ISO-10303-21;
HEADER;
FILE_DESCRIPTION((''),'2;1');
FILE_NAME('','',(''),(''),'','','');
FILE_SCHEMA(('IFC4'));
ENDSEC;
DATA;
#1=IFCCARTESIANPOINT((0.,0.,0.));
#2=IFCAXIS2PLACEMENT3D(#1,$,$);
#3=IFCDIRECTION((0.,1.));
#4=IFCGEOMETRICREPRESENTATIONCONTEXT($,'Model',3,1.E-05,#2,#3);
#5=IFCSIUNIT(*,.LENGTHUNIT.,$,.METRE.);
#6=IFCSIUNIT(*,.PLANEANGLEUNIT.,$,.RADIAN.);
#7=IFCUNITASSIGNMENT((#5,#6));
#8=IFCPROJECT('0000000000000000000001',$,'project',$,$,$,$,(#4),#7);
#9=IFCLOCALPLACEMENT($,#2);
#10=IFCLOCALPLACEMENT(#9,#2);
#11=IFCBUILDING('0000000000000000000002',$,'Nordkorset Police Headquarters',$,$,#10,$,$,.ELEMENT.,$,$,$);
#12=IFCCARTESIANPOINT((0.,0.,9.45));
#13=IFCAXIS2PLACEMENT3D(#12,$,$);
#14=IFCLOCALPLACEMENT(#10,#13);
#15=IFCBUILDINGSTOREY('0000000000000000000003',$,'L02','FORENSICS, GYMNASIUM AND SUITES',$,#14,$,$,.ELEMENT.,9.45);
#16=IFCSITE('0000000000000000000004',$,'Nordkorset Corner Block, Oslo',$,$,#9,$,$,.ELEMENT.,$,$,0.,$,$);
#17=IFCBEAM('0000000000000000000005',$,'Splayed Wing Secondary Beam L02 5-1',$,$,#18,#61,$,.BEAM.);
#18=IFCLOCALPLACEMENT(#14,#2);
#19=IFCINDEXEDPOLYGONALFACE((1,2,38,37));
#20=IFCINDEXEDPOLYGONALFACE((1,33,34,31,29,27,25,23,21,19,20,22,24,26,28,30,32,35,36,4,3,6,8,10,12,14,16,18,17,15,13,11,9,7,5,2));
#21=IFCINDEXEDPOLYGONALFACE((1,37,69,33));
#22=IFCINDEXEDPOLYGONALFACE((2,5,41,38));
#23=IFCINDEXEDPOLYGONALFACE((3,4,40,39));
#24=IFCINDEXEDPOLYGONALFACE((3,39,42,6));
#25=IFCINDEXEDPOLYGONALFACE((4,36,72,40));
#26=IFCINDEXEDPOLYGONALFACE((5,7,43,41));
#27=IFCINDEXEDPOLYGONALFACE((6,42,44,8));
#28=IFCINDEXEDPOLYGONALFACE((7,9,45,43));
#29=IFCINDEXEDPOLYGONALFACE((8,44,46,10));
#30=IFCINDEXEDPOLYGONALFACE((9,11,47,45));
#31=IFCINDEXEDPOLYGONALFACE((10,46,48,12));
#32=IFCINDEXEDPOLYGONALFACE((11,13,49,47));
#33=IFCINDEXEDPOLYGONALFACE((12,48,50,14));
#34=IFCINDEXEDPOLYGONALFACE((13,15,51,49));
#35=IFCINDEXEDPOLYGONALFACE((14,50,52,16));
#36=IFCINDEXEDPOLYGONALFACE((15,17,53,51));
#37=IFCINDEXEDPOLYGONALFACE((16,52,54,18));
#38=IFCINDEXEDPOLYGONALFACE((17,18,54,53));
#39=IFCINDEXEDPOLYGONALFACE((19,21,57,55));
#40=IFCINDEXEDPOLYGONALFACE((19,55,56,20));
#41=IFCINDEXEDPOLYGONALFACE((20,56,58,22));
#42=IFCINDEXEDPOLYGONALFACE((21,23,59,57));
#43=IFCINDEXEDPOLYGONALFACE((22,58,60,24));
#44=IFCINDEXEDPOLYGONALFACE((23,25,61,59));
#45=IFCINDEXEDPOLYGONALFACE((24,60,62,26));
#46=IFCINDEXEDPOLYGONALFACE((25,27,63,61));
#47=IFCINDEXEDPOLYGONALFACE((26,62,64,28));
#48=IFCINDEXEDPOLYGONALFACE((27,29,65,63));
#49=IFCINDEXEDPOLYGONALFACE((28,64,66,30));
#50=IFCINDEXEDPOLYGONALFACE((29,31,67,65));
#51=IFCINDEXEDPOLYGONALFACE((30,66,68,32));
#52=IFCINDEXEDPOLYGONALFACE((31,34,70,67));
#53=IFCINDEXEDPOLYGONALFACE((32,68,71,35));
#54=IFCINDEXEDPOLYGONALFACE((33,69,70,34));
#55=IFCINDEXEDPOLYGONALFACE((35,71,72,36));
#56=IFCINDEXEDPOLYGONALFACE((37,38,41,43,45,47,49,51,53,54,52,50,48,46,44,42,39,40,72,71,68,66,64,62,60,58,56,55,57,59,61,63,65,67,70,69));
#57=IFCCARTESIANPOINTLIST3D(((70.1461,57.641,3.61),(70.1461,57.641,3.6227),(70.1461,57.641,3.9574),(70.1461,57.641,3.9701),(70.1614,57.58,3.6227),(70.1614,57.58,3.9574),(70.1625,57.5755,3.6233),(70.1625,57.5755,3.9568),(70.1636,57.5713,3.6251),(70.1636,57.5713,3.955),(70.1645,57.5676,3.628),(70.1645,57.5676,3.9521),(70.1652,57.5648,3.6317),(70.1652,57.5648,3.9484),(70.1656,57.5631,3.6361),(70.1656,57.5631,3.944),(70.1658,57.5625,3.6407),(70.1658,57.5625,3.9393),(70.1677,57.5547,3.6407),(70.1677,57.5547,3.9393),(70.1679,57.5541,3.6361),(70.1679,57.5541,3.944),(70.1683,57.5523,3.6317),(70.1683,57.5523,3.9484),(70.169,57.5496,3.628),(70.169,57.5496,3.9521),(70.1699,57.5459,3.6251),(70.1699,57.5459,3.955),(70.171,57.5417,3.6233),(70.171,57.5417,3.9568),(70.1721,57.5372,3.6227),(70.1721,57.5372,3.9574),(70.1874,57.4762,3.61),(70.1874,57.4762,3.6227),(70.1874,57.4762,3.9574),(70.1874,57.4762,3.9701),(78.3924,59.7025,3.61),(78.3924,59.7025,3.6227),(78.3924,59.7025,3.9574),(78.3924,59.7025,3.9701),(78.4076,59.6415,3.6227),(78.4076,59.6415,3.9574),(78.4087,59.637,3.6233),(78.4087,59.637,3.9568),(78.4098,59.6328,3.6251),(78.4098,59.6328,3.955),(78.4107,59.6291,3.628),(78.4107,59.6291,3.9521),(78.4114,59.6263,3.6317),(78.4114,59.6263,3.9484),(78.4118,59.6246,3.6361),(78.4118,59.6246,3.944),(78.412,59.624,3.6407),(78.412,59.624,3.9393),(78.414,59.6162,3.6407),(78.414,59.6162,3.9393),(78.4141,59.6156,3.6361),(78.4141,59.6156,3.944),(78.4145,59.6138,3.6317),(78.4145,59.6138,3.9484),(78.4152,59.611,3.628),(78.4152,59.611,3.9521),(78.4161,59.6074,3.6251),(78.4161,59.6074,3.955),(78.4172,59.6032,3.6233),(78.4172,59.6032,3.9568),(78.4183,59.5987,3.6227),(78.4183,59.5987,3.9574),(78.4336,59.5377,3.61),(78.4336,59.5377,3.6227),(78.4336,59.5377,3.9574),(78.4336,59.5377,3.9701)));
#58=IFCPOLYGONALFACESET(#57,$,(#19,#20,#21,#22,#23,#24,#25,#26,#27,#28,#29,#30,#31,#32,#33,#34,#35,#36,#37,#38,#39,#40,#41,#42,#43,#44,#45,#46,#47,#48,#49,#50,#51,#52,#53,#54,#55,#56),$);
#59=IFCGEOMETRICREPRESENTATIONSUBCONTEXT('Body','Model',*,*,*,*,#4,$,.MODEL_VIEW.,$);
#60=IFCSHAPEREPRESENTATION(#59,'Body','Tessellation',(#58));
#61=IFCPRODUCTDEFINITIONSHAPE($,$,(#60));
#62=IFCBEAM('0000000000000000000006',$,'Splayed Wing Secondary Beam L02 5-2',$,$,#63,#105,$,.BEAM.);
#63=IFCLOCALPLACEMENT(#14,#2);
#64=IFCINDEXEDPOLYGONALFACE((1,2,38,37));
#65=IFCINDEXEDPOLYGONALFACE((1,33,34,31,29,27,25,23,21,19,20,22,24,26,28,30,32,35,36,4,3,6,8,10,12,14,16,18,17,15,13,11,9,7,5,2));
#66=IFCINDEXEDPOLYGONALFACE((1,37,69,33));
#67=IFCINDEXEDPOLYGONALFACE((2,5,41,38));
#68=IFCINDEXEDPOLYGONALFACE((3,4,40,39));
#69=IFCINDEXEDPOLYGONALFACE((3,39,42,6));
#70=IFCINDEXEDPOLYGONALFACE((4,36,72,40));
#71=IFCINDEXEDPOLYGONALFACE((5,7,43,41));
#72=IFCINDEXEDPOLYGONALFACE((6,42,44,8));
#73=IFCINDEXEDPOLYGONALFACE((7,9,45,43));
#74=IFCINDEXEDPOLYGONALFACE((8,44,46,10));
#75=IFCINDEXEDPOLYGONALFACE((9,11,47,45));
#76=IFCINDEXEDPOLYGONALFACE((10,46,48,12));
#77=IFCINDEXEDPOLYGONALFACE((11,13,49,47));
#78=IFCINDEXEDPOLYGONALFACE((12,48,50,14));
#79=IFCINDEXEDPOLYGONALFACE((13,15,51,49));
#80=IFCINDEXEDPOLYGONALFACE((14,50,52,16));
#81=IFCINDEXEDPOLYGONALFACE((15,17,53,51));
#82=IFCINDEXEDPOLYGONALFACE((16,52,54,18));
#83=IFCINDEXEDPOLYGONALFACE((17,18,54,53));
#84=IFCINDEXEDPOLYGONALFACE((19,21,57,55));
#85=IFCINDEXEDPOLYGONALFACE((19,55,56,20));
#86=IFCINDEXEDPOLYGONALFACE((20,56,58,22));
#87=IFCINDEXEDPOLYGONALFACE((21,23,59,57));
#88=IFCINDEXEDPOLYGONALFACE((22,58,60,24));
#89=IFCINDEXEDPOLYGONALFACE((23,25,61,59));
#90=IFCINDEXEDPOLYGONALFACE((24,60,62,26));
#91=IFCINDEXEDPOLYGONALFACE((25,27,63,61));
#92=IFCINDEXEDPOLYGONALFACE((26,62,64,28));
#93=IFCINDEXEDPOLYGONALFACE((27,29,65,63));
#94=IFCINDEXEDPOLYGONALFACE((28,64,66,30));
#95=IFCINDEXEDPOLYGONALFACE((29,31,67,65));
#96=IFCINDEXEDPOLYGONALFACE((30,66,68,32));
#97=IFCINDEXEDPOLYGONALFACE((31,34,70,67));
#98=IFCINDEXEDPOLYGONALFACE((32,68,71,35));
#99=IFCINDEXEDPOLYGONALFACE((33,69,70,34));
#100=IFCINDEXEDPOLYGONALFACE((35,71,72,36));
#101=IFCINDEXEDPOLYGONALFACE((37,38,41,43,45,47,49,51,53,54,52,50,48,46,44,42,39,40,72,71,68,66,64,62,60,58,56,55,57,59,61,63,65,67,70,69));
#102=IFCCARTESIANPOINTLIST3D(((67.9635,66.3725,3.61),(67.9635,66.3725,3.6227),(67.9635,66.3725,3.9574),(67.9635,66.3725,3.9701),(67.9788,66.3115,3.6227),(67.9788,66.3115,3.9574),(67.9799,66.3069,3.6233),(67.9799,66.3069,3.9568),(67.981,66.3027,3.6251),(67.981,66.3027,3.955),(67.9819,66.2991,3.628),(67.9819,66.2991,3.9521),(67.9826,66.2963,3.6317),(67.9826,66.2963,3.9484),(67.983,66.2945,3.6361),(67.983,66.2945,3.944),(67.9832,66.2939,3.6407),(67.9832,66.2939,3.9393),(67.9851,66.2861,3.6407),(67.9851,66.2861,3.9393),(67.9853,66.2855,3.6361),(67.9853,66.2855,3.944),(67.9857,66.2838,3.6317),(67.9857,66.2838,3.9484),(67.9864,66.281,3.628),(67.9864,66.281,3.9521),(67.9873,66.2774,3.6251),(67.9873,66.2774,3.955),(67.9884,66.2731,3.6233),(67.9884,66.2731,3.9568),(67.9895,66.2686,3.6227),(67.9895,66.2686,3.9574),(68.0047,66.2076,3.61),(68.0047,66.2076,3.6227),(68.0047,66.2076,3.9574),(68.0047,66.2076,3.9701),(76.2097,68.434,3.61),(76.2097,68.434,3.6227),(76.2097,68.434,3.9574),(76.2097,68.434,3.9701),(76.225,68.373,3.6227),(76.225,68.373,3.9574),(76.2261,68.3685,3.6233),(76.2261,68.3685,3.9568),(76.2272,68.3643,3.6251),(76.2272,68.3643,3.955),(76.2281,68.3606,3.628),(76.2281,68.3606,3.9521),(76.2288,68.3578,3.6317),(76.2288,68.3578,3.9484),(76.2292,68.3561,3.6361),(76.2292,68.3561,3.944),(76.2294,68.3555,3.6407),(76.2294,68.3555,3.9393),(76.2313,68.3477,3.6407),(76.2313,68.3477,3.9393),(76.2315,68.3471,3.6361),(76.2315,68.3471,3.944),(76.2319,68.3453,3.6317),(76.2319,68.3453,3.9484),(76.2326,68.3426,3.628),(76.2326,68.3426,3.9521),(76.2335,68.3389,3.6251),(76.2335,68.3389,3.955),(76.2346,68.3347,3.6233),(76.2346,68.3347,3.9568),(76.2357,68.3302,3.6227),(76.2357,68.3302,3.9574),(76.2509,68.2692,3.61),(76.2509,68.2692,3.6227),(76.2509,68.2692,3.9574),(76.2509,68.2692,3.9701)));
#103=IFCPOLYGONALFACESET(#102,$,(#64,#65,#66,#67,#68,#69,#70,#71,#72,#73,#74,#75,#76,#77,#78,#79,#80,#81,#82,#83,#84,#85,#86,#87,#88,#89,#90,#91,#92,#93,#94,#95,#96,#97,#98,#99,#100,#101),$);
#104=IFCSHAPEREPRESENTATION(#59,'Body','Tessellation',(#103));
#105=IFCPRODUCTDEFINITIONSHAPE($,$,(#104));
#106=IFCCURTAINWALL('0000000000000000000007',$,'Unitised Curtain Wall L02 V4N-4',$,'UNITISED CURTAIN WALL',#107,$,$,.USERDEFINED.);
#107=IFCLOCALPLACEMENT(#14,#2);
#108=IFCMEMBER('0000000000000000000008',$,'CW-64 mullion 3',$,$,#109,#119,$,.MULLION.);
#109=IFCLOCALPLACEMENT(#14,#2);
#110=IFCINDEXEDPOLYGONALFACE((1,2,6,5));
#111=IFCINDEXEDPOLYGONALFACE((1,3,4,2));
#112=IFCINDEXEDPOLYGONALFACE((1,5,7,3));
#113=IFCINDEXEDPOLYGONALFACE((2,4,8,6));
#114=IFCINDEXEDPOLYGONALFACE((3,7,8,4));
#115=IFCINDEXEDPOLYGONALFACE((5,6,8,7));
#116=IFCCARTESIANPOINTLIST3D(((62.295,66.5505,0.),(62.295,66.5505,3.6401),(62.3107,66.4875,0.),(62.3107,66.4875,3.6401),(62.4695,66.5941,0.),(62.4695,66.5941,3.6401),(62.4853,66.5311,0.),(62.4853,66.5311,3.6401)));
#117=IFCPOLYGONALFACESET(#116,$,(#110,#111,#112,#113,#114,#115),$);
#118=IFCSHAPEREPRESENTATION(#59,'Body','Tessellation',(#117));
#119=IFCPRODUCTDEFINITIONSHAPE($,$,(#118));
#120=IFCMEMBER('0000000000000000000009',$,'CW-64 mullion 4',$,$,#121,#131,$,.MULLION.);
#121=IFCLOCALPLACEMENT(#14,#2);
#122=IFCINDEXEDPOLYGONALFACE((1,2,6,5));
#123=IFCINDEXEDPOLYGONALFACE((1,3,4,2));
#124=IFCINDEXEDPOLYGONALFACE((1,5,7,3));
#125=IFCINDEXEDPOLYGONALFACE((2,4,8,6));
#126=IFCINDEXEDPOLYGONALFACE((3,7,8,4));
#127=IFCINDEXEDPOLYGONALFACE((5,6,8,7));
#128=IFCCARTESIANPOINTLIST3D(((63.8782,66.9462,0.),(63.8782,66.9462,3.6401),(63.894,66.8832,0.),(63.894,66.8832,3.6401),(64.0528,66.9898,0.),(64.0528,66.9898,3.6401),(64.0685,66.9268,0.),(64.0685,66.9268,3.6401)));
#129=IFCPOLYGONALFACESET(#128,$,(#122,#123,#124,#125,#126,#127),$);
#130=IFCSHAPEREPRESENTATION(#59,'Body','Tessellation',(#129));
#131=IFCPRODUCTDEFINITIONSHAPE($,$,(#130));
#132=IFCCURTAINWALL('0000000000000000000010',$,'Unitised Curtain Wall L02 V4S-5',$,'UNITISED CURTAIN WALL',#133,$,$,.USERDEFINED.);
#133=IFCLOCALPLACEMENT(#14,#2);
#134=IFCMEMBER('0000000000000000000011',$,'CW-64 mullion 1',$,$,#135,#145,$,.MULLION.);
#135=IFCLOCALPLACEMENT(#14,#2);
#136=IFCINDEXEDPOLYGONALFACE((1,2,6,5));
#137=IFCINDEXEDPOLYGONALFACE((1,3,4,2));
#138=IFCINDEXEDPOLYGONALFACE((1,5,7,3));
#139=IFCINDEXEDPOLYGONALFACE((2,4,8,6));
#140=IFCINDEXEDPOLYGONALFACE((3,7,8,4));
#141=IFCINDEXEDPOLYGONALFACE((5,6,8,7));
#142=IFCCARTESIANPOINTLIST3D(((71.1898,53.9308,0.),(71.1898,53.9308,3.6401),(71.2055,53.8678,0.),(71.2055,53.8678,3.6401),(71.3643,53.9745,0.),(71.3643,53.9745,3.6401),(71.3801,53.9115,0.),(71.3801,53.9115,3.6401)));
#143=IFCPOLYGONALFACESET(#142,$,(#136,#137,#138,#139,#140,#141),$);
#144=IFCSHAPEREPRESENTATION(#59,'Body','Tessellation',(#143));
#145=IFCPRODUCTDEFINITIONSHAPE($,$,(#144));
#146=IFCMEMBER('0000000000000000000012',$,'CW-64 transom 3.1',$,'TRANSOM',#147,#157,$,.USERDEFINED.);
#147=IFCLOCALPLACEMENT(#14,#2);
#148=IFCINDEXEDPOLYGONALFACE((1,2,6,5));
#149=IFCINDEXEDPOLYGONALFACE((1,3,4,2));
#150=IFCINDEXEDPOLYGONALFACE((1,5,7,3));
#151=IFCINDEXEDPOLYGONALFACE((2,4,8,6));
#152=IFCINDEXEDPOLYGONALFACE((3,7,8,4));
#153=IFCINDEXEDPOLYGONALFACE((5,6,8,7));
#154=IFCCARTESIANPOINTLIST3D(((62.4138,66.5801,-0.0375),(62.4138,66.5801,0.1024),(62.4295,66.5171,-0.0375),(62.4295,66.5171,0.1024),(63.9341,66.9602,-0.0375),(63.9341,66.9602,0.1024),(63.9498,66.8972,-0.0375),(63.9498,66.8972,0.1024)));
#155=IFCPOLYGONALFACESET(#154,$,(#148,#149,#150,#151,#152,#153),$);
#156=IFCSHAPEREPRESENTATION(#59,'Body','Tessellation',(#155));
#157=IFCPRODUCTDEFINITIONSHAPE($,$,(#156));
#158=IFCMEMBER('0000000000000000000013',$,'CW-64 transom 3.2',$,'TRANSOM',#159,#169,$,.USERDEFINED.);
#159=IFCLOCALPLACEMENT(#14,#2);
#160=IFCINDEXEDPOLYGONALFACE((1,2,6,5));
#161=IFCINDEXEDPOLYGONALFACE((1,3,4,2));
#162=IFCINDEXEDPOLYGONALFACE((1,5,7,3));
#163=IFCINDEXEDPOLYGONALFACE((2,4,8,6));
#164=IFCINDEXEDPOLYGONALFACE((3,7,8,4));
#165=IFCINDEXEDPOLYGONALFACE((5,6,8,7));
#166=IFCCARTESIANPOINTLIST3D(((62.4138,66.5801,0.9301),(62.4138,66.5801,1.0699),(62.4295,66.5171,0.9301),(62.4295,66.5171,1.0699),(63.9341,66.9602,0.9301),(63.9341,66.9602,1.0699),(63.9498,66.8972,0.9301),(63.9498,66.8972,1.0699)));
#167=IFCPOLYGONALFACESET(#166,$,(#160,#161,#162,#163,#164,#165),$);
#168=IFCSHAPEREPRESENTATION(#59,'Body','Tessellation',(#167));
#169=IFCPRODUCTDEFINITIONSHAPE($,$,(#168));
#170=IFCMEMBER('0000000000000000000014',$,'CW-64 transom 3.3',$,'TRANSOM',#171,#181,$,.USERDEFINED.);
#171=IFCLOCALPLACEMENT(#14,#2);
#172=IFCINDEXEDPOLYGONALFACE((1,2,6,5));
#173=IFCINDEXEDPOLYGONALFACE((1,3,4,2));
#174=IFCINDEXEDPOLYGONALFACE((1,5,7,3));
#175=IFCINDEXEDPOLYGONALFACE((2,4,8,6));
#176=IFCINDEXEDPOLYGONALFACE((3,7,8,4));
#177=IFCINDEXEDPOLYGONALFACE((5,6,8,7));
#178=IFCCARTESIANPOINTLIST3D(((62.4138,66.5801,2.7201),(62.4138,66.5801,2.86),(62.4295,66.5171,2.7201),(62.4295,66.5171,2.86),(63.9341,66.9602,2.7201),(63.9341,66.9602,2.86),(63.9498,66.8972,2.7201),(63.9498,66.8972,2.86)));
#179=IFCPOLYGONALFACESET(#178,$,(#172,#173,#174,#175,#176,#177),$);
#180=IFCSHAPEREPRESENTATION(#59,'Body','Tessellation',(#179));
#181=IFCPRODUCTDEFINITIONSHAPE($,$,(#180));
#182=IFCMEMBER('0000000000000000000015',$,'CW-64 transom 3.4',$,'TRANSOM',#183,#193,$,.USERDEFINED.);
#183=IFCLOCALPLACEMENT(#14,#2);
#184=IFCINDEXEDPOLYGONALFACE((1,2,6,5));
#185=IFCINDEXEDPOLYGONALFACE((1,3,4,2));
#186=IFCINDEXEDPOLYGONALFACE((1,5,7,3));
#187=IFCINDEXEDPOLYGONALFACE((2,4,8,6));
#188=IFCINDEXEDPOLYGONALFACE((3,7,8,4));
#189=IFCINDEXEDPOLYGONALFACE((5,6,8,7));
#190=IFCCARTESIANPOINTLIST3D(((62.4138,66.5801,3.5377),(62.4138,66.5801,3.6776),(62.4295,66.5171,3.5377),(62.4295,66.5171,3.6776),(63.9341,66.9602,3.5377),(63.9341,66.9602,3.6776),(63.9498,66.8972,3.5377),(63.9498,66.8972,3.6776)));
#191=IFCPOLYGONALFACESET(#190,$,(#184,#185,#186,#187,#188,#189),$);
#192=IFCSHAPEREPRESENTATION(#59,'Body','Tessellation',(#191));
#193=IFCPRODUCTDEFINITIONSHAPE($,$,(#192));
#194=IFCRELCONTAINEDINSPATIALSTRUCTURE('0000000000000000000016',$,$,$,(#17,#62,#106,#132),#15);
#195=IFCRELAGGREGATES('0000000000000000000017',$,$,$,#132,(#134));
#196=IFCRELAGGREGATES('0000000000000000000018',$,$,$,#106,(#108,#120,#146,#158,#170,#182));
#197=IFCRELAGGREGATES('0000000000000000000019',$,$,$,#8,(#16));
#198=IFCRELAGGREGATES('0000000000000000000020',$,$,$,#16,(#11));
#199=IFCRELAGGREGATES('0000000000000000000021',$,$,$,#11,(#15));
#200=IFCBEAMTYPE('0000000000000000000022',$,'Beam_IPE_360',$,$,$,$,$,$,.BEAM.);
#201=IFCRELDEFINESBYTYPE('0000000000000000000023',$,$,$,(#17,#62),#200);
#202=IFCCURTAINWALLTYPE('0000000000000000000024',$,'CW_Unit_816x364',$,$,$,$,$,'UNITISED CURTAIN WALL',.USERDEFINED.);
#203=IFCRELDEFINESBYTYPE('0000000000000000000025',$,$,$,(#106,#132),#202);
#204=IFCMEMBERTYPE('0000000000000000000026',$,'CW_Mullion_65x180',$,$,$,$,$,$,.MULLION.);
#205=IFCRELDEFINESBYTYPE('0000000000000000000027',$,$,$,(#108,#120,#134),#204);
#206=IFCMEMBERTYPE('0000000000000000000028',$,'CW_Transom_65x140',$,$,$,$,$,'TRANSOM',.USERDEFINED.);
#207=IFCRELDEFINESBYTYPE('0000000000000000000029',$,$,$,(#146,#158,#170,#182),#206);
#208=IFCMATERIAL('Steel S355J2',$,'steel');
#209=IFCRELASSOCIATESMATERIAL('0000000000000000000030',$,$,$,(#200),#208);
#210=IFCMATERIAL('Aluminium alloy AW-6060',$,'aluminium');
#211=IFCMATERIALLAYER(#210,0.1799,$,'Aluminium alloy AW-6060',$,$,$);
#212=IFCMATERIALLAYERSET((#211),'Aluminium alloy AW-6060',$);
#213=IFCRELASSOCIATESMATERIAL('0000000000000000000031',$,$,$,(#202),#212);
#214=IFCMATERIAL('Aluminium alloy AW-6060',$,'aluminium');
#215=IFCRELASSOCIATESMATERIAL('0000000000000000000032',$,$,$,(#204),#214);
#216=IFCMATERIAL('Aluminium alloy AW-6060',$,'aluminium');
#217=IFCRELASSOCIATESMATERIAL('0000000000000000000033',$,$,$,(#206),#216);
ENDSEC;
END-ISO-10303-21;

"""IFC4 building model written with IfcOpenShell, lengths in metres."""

from ifc_helpers import new_model, si_unit, direction, frame, origin, origin_2d, place, context, subcontext, project, spatial, rectangle, i_section, extrude, material, layer, layer_set, material_profile, profile_set, type_object, element, aggregate, save


model = new_model("IFC4")

# Units and contexts
model_context = context("Model", 3, precision=1e-05, world=origin(), true_north=direction((0.0, 1.0)))
body_context = subcontext(model_context, "Body", "Model", "MODEL_VIEW")
ifc_project = project(units=[si_unit("LENGTHUNIT", "METRE"), si_unit("PLANEANGLEUNIT", "RADIAN")], contexts=[model_context])

# Site, building, storey
site_placement = place(None, origin())
site = spatial("IfcSite", under=ifc_project, at=site_placement, Name="Nordkorset Corner Block, Oslo", CompositionType="ELEMENT", RefElevation=0.0)
building_placement = place(site_placement, origin())
building = spatial("IfcBuilding", under=site, at=building_placement, Name="Nordkorset Police Headquarters", CompositionType="ELEMENT")
storey_placement = place(building_placement, frame((0.0, 0.0, 9.45)))
storey = spatial("IfcBuildingStorey", under=building, at=storey_placement, Name="L02", Description="FORENSICS, GYMNASIUM AND SUITES", CompositionType="ELEMENT", Elevation=9.45)

# Beams
ifc_material_1 = material(Name="Steel S355J2", Category="steel")
ifc_material_profile_1 = material_profile(ifc_material_1, i_section(OverallWidth=0.1699, OverallDepth=0.3601, WebThickness=0.0081, FlangeThickness=0.0127, FilletRadius=0.0181, at=origin_2d()), Name="IPE 360")
ifc_profile_set_1 = profile_set([ifc_material_profile_1], Name="Steel S355J2")
beam_type_1 = type_object("IfcBeamType", Name="Beam_IPE_360", PredefinedType="BEAM", material=ifc_profile_set_1)
for number, where, z_axis, x_axis, name in (
    (1, (70.1667, 57.5586, 3.79), (0.970144, 0.242529, 0.0), (-0.242529, 0.970144, 0.0), "Splayed Wing Secondary Beam L02 5-1"),
    (2, (67.9841, 66.29, 3.79), (0.970143, 0.242536, 0.0), (-0.242536, 0.970143, 0.0), "Splayed Wing Secondary Beam L02 5-2"),
):
    element("IfcBeam", number, at=place(storey_placement, frame(where, z_axis=z_axis, x_axis=x_axis)), inside=storey, type_object=beam_type_1, Name=name, PredefinedType="BEAM", context=body_context, shape_type="SweptSolid", body=[
        extrude(i_section(OverallWidth=0.1699, OverallDepth=0.3601, WebThickness=0.0081, FlangeThickness=0.0127, FilletRadius=0.0181, at=origin_2d()), origin(), (0.0, 0.0, 1.0), 8.5),
    ])

# Curtain wall, members
ifc_material_2 = material(Name="Aluminium alloy AW-6060", Category="aluminium")
ifc_layer_1 = layer(ifc_material_2, 0.1799, Name="Aluminium alloy AW-6060")
ifc_layer_set_1 = layer_set([ifc_layer_1], Name="Aluminium alloy AW-6060")
curtain_wall_type = type_object("IfcCurtainWallType", Name="CW_Unit_816x364", ElementType="UNITISED CURTAIN WALL", PredefinedType="USERDEFINED", material=ifc_layer_set_1)
curtain_wall_1_placement = place(storey_placement, origin())
curtain_wall_1 = element("IfcCurtainWall", 3, at=curtain_wall_1_placement, inside=storey, type_object=curtain_wall_type, Name="Unitised Curtain Wall L02 V4N-4", ObjectType="UNITISED CURTAIN WALL", PredefinedType="USERDEFINED")
ifc_material_3 = material(Name="Aluminium alloy AW-6060", Category="aluminium")
ifc_material_profile_2 = material_profile(ifc_material_3, rectangle(XDim=0.0649, YDim=0.1799, at=origin_2d()), Name="ALU MULL 65x180")
ifc_profile_set_2 = profile_set([ifc_material_profile_2], Name="Aluminium alloy AW-6060")
member_type_1 = type_object("IfcMemberType", Name="CW_Mullion_65x180", PredefinedType="MULLION", material=ifc_profile_set_2)
member_1_placement = place(storey_placement, frame((62.3901, 66.5408, 0.0), z_axis=(0.0, 0.0, 1.0), x_axis=(-0.242535, 0.970143, 0.0)))
member_1 = element("IfcMember", 4, at=member_1_placement, type_object=member_type_1, Name="CW-64 mullion 3", PredefinedType="MULLION", context=body_context, shape_type="SweptSolid", body=[
    extrude(rectangle(XDim=0.0649, YDim=0.1799, at=origin_2d()), origin(), (0.0, 0.0, 1.0), 3.6401),
])
member_2_placement = place(storey_placement, frame((63.9734, 66.9365, 0.0), z_axis=(0.0, 0.0, 1.0), x_axis=(-0.242535, 0.970143, 0.0)))
member_2 = element("IfcMember", 5, at=member_2_placement, type_object=member_type_1, Name="CW-64 mullion 4", PredefinedType="MULLION", context=body_context, shape_type="SweptSolid", body=[
    extrude(rectangle(XDim=0.0649, YDim=0.1799, at=origin_2d()), origin(), (0.0, 0.0, 1.0), 3.6401),
])

# Curtain wall, member
curtain_wall_2_placement = place(storey_placement, origin())
curtain_wall_2 = element("IfcCurtainWall", 6, at=curtain_wall_2_placement, inside=storey, type_object=curtain_wall_type, Name="Unitised Curtain Wall L02 V4S-5", ObjectType="UNITISED CURTAIN WALL", PredefinedType="USERDEFINED")
member_3_placement = place(storey_placement, frame((71.2849, 53.9211, 0.0), z_axis=(0.0, 0.0, 1.0), x_axis=(-0.242536, 0.970143, 0.0)))
member_3 = element("IfcMember", 7, at=member_3_placement, type_object=member_type_1, Name="CW-64 mullion 1", PredefinedType="MULLION", context=body_context, shape_type="SweptSolid", body=[
    extrude(rectangle(XDim=0.0649, YDim=0.1799, at=origin_2d()), origin(), (0.0, 0.0, 1.0), 3.6401),
])

# Members
ifc_material_4 = material(Name="Aluminium alloy AW-6060", Category="aluminium")
ifc_material_profile_3 = material_profile(ifc_material_4, rectangle(XDim=0.0649, YDim=0.1399, at=origin_2d()), Name="ALU TRAN 65x140")
ifc_profile_set_3 = profile_set([ifc_material_profile_3], Name="Aluminium alloy AW-6060")
member_type_2 = type_object("IfcMemberType", Name="CW_Transom_65x140", ElementType="TRANSOM", PredefinedType="USERDEFINED", material=ifc_profile_set_3)
member_4_placement = place(storey_placement, frame((62.4216, 66.5486, 0.0325), z_axis=(0.970133, 0.242572, 0.0), x_axis=(-0.242572, 0.970133, 0.0)))
member_4 = element("IfcMember", 8, at=member_4_placement, type_object=member_type_2, Name="CW-64 transom 3.1", ObjectType="TRANSOM", PredefinedType="USERDEFINED", context=body_context, shape_type="SweptSolid", body=[
    extrude(rectangle(XDim=0.0649, YDim=0.1399, at=origin_2d()), origin(), (0.0, 0.0, 1.0), 1.5671),
])
member_5_placement = place(storey_placement, frame((62.4216, 66.5486, 1.0), z_axis=(0.970133, 0.242572, 0.0), x_axis=(-0.242572, 0.970133, 0.0)))
member_5 = element("IfcMember", 9, at=member_5_placement, type_object=member_type_2, Name="CW-64 transom 3.2", ObjectType="TRANSOM", PredefinedType="USERDEFINED", context=body_context, shape_type="SweptSolid", body=[
    extrude(rectangle(XDim=0.0649, YDim=0.1399, at=origin_2d()), origin(), (0.0, 0.0, 1.0), 1.5671),
])
member_6_placement = place(storey_placement, frame((62.4216, 66.5486, 2.79), z_axis=(0.970133, 0.242572, 0.0), x_axis=(-0.242572, 0.970133, 0.0)))
member_6 = element("IfcMember", 10, at=member_6_placement, type_object=member_type_2, Name="CW-64 transom 3.3", ObjectType="TRANSOM", PredefinedType="USERDEFINED", context=body_context, shape_type="SweptSolid", body=[
    extrude(rectangle(XDim=0.0649, YDim=0.1399, at=origin_2d()), origin(), (0.0, 0.0, 1.0), 1.5671),
])
member_7_placement = place(storey_placement, frame((62.4216, 66.5486, 3.6077), z_axis=(0.970133, 0.242572, 0.0), x_axis=(-0.242572, 0.970133, 0.0)))
member_7 = element("IfcMember", 11, at=member_7_placement, type_object=member_type_2, Name="CW-64 transom 3.4", ObjectType="TRANSOM", PredefinedType="USERDEFINED", context=body_context, shape_type="SweptSolid", body=[
    extrude(rectangle(XDim=0.0649, YDim=0.1399, at=origin_2d()), origin(), (0.0, 0.0, 1.0), 1.5671),
])
aggregate(curtain_wall_2, [member_3])

aggregate(curtain_wall_1, [member_1, member_2, member_4, member_5, member_6, member_7])

save(model, "model.ifc")
